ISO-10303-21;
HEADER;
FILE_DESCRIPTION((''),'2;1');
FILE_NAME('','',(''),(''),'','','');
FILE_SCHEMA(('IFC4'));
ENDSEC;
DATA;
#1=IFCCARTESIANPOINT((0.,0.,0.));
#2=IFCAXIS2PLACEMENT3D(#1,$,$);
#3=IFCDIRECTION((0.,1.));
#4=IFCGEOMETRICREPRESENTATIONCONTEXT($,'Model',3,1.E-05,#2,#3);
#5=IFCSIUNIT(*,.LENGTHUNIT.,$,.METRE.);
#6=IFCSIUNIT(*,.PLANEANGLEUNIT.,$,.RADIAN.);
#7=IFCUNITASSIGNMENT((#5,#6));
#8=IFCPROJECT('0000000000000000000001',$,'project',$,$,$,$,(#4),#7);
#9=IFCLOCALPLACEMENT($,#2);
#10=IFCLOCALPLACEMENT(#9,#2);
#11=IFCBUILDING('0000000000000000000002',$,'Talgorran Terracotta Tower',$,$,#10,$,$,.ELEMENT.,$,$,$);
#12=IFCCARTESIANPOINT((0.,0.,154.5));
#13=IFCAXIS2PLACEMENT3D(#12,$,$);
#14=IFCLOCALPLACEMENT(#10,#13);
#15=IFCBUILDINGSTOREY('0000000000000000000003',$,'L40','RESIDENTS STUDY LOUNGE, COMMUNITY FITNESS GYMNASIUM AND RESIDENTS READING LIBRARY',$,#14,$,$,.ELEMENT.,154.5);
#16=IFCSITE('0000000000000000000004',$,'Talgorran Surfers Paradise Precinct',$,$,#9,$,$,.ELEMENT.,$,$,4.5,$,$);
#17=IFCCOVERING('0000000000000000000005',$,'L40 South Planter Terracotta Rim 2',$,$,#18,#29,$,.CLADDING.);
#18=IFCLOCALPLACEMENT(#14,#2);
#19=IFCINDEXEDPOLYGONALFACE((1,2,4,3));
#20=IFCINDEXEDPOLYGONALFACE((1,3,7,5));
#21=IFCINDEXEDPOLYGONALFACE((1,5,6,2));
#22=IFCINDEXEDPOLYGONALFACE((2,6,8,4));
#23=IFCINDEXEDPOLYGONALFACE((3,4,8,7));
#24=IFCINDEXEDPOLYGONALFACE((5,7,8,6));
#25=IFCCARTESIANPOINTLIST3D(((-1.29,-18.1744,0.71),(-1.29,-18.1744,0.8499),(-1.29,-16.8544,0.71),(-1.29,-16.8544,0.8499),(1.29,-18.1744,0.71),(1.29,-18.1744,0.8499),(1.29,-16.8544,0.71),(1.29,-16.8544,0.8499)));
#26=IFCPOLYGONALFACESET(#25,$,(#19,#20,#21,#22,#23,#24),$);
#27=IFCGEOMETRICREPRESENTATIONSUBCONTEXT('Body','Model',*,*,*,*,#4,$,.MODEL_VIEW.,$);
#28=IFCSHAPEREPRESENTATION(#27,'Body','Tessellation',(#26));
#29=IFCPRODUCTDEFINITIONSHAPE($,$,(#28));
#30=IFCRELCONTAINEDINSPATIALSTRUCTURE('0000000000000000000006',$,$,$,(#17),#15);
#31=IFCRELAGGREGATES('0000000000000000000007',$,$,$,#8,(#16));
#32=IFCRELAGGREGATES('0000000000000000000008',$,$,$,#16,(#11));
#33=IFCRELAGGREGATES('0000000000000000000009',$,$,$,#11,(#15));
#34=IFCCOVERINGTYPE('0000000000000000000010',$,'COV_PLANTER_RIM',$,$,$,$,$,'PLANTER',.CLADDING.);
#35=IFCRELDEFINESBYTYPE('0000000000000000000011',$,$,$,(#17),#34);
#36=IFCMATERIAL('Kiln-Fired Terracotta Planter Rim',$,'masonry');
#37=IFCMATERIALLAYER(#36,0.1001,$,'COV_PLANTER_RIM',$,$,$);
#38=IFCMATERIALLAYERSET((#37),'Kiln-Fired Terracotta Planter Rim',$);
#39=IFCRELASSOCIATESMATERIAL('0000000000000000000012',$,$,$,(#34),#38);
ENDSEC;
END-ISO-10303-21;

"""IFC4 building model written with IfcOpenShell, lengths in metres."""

from ifc_helpers import new_model, si_unit, direction, frame, origin, origin_2d, place, context, subcontext, project, spatial, rectangle, extrude, material, layer, layer_set, type_object, element, save


model = new_model("IFC4")

# Units and contexts
model_context = context("Model", 3, precision=1e-05, world=origin(), true_north=direction((0.0, 1.0)))
body_context = subcontext(model_context, "Body", "Model", "MODEL_VIEW")
ifc_project = project(units=[si_unit("LENGTHUNIT", "METRE"), si_unit("PLANEANGLEUNIT", "RADIAN")], contexts=[model_context])

# Site, building, storey
site_placement = place(None, origin())
site = spatial("IfcSite", under=ifc_project, at=site_placement, Name="Talgorran Surfers Paradise Precinct", CompositionType="ELEMENT", RefElevation=4.5)
building_placement = place(site_placement, origin())
building = spatial("IfcBuilding", under=site, at=building_placement, Name="Talgorran Terracotta Tower", CompositionType="ELEMENT")
storey_placement = place(building_placement, frame((0.0, 0.0, 154.5)))
storey = spatial("IfcBuildingStorey", under=building, at=storey_placement, Name="L40", Description="RESIDENTS STUDY LOUNGE, COMMUNITY FITNESS GYMNASIUM AND RESIDENTS READING LIBRARY", CompositionType="ELEMENT", Elevation=154.5)

# Covering
ifc_material_1 = material(Name="Kiln-Fired Terracotta Planter Rim", Category="masonry")
ifc_layer_1 = layer(ifc_material_1, 0.1001, Name="COV_PLANTER_RIM")
ifc_layer_set_1 = layer_set([ifc_layer_1], Name="Kiln-Fired Terracotta Planter Rim")
covering_type_1 = type_object("IfcCoveringType", Name="COV_PLANTER_RIM", ElementType="PLANTER", PredefinedType="CLADDING", material=ifc_layer_set_1)
covering_1_placement = place(storey_placement, frame((0.0, -17.5144, 0.71), z_axis=(0.0, 0.0, 1.0), x_axis=(1.0, 0.0, 0.0)))
element("IfcCovering", 1, at=covering_1_placement, inside=storey, type_object=covering_type_1, Name="L40 South Planter Terracotta Rim 2", PredefinedType="CLADDING", context=body_context, shape_type="SweptSolid", body=[
    extrude(rectangle(XDim=2.5801, YDim=1.3201, at=origin_2d()), origin(), (0.0, 0.0, 1.0), 0.1399),
])

save(model, "model.ifc")
